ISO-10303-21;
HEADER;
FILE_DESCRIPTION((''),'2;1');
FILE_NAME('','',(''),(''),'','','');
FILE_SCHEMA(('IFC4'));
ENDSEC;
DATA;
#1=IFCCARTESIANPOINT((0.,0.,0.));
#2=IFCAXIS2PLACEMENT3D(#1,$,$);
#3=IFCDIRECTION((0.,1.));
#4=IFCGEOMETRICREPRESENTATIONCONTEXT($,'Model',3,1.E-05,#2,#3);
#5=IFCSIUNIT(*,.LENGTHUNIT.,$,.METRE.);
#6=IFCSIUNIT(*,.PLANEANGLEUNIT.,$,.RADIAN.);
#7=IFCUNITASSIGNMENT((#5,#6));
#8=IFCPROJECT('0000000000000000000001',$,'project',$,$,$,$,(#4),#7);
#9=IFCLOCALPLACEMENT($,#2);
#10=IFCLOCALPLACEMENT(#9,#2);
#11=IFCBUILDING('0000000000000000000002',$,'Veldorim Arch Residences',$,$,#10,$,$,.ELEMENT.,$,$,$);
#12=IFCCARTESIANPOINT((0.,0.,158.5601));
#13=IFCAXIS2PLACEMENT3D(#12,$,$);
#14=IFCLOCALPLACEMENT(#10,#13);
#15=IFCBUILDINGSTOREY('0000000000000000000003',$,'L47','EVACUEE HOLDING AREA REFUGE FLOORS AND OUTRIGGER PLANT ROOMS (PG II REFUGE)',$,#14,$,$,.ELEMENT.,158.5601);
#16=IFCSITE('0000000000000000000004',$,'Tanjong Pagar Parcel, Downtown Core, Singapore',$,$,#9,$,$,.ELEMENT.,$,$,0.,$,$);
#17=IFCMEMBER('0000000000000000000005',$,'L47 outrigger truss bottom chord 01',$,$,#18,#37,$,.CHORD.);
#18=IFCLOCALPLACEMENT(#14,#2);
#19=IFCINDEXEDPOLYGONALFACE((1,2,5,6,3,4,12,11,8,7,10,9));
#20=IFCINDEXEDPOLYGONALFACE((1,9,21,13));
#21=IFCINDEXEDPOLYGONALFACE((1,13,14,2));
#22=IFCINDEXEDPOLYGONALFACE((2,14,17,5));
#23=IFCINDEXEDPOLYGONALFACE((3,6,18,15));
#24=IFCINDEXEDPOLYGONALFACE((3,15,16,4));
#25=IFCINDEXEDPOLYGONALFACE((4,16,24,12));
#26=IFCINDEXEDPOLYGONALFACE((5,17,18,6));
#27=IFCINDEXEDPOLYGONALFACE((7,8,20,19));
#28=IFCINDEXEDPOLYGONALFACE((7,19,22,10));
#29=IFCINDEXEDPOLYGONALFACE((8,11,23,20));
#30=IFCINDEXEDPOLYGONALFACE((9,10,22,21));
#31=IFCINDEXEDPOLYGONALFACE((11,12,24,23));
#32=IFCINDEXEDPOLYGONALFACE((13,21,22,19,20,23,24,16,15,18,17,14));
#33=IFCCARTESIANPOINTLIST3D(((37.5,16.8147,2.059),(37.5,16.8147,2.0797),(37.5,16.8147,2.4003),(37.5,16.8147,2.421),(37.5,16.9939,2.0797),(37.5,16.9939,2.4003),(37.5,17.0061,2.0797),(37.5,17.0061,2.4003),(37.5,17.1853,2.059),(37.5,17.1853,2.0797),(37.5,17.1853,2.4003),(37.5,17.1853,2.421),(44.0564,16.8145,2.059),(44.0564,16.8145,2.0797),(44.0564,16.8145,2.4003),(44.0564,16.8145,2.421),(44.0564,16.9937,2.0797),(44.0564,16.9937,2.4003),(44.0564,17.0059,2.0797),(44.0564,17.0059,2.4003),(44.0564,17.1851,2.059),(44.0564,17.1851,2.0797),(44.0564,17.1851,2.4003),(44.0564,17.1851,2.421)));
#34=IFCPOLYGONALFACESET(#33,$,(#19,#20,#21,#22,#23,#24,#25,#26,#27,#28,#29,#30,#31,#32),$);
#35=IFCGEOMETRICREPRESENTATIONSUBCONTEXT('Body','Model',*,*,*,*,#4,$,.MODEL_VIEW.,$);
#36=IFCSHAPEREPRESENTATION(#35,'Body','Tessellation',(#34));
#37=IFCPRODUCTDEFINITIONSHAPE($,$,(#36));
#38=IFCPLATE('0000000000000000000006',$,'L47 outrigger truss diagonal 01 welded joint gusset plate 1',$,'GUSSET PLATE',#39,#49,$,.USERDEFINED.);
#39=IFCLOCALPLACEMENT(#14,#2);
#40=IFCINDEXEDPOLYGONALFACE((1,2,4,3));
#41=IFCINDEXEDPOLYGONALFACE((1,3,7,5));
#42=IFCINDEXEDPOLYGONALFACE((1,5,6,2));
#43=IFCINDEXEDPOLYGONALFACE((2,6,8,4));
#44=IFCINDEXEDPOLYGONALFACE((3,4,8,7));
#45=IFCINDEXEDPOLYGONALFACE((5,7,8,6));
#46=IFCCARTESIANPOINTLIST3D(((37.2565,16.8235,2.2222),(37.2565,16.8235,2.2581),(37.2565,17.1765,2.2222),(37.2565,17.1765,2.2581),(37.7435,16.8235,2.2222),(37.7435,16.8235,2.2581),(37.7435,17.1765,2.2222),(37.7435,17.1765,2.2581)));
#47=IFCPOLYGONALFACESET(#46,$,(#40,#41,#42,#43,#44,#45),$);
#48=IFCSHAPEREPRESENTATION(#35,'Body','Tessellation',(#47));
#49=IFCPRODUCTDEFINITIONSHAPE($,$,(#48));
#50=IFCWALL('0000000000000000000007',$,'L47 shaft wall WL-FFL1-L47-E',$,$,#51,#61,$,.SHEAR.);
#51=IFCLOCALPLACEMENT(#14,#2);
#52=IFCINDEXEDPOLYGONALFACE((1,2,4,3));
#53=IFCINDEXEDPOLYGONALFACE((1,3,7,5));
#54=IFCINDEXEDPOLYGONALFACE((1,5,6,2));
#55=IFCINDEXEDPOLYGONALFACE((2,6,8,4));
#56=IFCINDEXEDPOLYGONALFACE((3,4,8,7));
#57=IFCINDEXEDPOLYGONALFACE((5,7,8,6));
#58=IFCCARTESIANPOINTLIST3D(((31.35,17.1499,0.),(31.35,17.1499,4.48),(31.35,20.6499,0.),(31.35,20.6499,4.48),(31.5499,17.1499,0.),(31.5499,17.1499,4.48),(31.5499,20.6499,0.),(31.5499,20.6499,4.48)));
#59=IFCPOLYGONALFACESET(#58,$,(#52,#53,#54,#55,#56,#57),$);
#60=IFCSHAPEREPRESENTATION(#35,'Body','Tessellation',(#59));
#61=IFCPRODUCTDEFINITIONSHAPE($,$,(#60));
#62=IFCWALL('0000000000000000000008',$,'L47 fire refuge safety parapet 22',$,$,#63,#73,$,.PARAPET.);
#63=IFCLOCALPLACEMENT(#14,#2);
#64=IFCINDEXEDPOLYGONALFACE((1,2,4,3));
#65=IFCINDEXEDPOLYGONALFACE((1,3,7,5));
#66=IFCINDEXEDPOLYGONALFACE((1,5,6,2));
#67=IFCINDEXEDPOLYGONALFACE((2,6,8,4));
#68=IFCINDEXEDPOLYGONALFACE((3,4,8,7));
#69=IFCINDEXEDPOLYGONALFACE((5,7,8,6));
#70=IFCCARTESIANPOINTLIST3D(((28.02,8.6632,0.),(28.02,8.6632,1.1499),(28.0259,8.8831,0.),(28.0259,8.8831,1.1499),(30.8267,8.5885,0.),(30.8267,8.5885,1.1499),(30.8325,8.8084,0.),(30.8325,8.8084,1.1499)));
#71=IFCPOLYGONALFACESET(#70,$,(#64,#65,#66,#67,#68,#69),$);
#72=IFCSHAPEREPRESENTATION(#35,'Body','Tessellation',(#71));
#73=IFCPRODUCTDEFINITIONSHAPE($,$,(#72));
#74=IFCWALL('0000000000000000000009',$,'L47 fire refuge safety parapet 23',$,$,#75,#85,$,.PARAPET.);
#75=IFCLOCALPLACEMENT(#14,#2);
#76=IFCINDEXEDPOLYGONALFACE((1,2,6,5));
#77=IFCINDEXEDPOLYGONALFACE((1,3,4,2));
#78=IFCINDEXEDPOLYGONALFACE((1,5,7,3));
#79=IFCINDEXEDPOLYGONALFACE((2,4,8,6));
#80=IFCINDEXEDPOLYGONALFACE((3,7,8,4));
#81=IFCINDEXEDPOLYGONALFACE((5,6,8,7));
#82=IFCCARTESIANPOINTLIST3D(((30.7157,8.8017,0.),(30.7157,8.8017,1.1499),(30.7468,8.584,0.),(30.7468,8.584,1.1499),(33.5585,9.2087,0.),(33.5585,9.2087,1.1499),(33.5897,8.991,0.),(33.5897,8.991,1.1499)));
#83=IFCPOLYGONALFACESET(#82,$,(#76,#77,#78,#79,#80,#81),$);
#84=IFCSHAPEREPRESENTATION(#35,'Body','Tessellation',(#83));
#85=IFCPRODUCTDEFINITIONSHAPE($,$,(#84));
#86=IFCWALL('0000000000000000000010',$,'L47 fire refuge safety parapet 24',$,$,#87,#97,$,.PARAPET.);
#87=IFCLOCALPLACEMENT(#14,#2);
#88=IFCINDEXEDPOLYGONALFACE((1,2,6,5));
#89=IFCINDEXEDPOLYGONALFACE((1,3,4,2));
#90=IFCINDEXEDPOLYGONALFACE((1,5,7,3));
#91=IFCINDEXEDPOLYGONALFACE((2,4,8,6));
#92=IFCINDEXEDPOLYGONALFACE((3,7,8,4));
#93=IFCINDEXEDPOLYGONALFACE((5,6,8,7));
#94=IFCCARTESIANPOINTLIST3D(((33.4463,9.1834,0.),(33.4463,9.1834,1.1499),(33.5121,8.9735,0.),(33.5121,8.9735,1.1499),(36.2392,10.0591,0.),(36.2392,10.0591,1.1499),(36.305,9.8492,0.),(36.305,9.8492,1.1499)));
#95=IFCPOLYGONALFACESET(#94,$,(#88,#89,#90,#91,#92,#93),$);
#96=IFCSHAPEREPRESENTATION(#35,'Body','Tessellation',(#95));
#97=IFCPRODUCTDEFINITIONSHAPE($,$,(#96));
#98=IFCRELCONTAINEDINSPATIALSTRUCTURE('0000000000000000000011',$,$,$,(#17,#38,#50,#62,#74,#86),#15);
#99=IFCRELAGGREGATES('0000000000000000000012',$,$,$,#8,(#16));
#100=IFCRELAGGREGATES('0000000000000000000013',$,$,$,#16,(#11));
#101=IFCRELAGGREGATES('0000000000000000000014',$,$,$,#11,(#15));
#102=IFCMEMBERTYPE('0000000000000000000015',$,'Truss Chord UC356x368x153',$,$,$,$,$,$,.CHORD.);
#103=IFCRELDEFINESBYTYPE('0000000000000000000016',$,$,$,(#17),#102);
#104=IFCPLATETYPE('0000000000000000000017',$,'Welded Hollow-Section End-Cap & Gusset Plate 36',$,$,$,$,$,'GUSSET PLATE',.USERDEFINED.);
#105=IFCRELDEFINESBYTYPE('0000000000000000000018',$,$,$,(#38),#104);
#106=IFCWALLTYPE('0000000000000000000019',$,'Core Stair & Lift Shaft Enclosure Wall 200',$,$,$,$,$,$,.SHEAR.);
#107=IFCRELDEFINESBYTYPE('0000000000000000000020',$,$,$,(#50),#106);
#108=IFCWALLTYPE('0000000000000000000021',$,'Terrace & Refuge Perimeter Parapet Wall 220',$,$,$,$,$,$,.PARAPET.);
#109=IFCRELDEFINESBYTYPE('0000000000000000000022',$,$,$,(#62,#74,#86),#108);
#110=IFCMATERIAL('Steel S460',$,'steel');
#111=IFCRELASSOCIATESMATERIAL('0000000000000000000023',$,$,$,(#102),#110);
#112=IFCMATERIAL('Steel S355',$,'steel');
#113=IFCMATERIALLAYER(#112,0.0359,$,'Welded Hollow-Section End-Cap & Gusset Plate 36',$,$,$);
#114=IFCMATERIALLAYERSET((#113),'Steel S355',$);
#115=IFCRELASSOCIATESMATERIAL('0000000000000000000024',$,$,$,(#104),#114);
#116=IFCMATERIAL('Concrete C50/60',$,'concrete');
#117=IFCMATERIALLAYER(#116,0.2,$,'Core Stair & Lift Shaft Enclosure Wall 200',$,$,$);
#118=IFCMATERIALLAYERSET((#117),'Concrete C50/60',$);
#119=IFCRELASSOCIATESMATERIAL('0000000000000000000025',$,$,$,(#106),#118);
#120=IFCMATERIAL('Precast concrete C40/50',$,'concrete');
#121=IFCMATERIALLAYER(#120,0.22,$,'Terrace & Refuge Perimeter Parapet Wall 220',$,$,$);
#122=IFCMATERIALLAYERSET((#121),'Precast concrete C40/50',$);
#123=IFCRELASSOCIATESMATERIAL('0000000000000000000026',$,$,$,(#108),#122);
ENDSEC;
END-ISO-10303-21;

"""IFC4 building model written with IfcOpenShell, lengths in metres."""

from ifc_helpers import new_model, si_unit, direction, frame, frame_2d, origin, origin_2d, place, context, subcontext, project, spatial, rectangle, i_section, extrude, material, layer, layer_set, material_profile, profile_set, type_object, element, save


model = new_model("IFC4")

# Units and contexts
model_context = context("Model", 3, precision=1e-05, world=origin(), true_north=direction((0.0, 1.0)))
body_context = subcontext(model_context, "Body", "Model", "MODEL_VIEW")
ifc_project = project(units=[si_unit("LENGTHUNIT", "METRE"), si_unit("PLANEANGLEUNIT", "RADIAN")], contexts=[model_context])

# Site, building, storey
site_placement = place(None, origin())
site = spatial("IfcSite", under=ifc_project, at=site_placement, Name="Tanjong Pagar Parcel, Downtown Core, Singapore", CompositionType="ELEMENT", RefElevation=0.0)
building_placement = place(site_placement, origin())
building = spatial("IfcBuilding", under=site, at=building_placement, Name="Veldorim Arch Residences", CompositionType="ELEMENT")
storey_placement = place(building_placement, frame((0.0, 0.0, 158.5601)))
storey = spatial("IfcBuildingStorey", under=building, at=storey_placement, Name="L47", Description="EVACUEE HOLDING AREA REFUGE FLOORS AND OUTRIGGER PLANT ROOMS (PG II REFUGE)", CompositionType="ELEMENT", Elevation=158.5601)

# Member
ifc_material_1 = material(Name="Steel S460", Category="steel")
ifc_material_profile_1 = material_profile(ifc_material_1, i_section(OverallWidth=0.3706, OverallDepth=0.3621, WebThickness=0.0122, FlangeThickness=0.0208, at=origin_2d()), Name="UC356x368x153")
ifc_profile_set_1 = profile_set([ifc_material_profile_1], Name="Steel S460")
member_type_1 = type_object("IfcMemberType", Name="Truss Chord UC356x368x153", PredefinedType="CHORD", material=ifc_profile_set_1)
member_1_placement = place(storey_placement, frame((37.5, 17.0, 2.24), z_axis=(1.0, -0.000037, 0.0), x_axis=(0.000037, 1.0, 0.0)))
element("IfcMember", 1, at=member_1_placement, inside=storey, type_object=member_type_1, Name="L47 outrigger truss bottom chord 01", PredefinedType="CHORD", context=body_context, shape_type="SweptSolid", body=[
    extrude(i_section(OverallWidth=0.3706, OverallDepth=0.3621, WebThickness=0.0122, FlangeThickness=0.0208, at=origin_2d()), origin(), (0.0, 0.0, 1.0), 6.5564),
])

# Plate
ifc_material_2 = material(Name="Steel S355", Category="steel")
ifc_layer_1 = layer(ifc_material_2, 0.0359, Name="Welded Hollow-Section End-Cap & Gusset Plate 36")
ifc_layer_set_1 = layer_set([ifc_layer_1], Name="Steel S355")
plate_type = type_object("IfcPlateType", Name="Welded Hollow-Section End-Cap & Gusset Plate 36", ElementType="GUSSET PLATE", PredefinedType="USERDEFINED", material=ifc_layer_set_1)
plate_placement = place(storey_placement, frame((37.5, 17.0, 2.2222), z_axis=(0.0, 0.0, 1.0), x_axis=(1.0, -0.000035, 0.0)))
element("IfcPlate", 2, at=plate_placement, inside=storey, type_object=plate_type, Name="L47 outrigger truss diagonal 01 welded joint gusset plate 1", ObjectType="GUSSET PLATE", PredefinedType="USERDEFINED", context=body_context, shape_type="SweptSolid", body=[
    extrude(rectangle(XDim=0.4871, YDim=0.353, at=origin_2d()), origin(), (0.0, 0.0, 1.0), 0.0359),
])

# Walls
ifc_material_3 = material(Name="Concrete C50/60", Category="concrete")
ifc_layer_2 = layer(ifc_material_3, 0.2, Name="Core Stair & Lift Shaft Enclosure Wall 200")
ifc_layer_set_2 = layer_set([ifc_layer_2], Name="Concrete C50/60")
wall_type_1 = type_object("IfcWallType", Name="Core Stair & Lift Shaft Enclosure Wall 200", PredefinedType="SHEAR", material=ifc_layer_set_2)
wall_1_placement = place(storey_placement, frame((31.45, 17.1499, 0.0), z_axis=(0.0, 0.0, 1.0), x_axis=(0.0, 1.0, 0.0)))
element("IfcWall", 3, at=wall_1_placement, inside=storey, type_object=wall_type_1, Name="L47 shaft wall WL-FFL1-L47-E", PredefinedType="SHEAR", context=body_context, shape_type="SweptSolid", body=[
    extrude(rectangle(XDim=3.5, YDim=0.2, at=frame_2d((1.75, 0.0))), origin(), (0.0, 0.0, 1.0), 4.48),
])
ifc_material_4 = material(Name="Precast concrete C40/50", Category="concrete")
ifc_layer_3 = layer(ifc_material_4, 0.22, Name="Terrace & Refuge Perimeter Parapet Wall 220")
ifc_layer_set_3 = layer_set([ifc_layer_3], Name="Precast concrete C40/50")
wall_type_2 = type_object("IfcWallType", Name="Terrace & Refuge Perimeter Parapet Wall 220", PredefinedType="PARAPET", material=ifc_layer_set_3)
wall_2_placement = place(storey_placement, frame((30.8296, 8.6985, 0.0), z_axis=(0.0, 0.0, 1.0), x_axis=(-0.999646, 0.026609, 0.0)))
element("IfcWall", 4, at=wall_2_placement, inside=storey, type_object=wall_type_2, Name="L47 fire refuge safety parapet 22", PredefinedType="PARAPET", context=body_context, shape_type="SweptSolid", body=[
    extrude(rectangle(XDim=2.8076, YDim=0.22, at=frame_2d((1.4038, 0.0))), origin(), (0.0, 0.0, 1.0), 1.1499),
])
wall_3_placement = place(storey_placement, frame((33.5742, 9.0999, 0.0), z_axis=(0.0, 0.0, 1.0), x_axis=(-0.989907, -0.141719, 0.0)))
element("IfcWall", 5, at=wall_3_placement, inside=storey, type_object=wall_type_2, Name="L47 fire refuge safety parapet 23", PredefinedType="PARAPET", context=body_context, shape_type="SweptSolid", body=[
    extrude(rectangle(XDim=2.8718, YDim=0.22, at=frame_2d((1.436, 0.0))), origin(), (0.0, 0.0, 1.0), 1.1499),
])
wall_4_placement = place(storey_placement, frame((36.272, 9.9541, 0.0), z_axis=(0.0, 0.0, 1.0), x_axis=(-0.954195, -0.299187, 0.0)))
element("IfcWall", 6, at=wall_4_placement, inside=storey, type_object=wall_type_2, Name="L47 fire refuge safety parapet 24", PredefinedType="PARAPET", context=body_context, shape_type="SweptSolid", body=[
    extrude(rectangle(XDim=2.927, YDim=0.22, at=frame_2d((1.4634, 0.0))), origin(), (0.0, 0.0, 1.0), 1.1499),
])

save(model, "model.ifc")
